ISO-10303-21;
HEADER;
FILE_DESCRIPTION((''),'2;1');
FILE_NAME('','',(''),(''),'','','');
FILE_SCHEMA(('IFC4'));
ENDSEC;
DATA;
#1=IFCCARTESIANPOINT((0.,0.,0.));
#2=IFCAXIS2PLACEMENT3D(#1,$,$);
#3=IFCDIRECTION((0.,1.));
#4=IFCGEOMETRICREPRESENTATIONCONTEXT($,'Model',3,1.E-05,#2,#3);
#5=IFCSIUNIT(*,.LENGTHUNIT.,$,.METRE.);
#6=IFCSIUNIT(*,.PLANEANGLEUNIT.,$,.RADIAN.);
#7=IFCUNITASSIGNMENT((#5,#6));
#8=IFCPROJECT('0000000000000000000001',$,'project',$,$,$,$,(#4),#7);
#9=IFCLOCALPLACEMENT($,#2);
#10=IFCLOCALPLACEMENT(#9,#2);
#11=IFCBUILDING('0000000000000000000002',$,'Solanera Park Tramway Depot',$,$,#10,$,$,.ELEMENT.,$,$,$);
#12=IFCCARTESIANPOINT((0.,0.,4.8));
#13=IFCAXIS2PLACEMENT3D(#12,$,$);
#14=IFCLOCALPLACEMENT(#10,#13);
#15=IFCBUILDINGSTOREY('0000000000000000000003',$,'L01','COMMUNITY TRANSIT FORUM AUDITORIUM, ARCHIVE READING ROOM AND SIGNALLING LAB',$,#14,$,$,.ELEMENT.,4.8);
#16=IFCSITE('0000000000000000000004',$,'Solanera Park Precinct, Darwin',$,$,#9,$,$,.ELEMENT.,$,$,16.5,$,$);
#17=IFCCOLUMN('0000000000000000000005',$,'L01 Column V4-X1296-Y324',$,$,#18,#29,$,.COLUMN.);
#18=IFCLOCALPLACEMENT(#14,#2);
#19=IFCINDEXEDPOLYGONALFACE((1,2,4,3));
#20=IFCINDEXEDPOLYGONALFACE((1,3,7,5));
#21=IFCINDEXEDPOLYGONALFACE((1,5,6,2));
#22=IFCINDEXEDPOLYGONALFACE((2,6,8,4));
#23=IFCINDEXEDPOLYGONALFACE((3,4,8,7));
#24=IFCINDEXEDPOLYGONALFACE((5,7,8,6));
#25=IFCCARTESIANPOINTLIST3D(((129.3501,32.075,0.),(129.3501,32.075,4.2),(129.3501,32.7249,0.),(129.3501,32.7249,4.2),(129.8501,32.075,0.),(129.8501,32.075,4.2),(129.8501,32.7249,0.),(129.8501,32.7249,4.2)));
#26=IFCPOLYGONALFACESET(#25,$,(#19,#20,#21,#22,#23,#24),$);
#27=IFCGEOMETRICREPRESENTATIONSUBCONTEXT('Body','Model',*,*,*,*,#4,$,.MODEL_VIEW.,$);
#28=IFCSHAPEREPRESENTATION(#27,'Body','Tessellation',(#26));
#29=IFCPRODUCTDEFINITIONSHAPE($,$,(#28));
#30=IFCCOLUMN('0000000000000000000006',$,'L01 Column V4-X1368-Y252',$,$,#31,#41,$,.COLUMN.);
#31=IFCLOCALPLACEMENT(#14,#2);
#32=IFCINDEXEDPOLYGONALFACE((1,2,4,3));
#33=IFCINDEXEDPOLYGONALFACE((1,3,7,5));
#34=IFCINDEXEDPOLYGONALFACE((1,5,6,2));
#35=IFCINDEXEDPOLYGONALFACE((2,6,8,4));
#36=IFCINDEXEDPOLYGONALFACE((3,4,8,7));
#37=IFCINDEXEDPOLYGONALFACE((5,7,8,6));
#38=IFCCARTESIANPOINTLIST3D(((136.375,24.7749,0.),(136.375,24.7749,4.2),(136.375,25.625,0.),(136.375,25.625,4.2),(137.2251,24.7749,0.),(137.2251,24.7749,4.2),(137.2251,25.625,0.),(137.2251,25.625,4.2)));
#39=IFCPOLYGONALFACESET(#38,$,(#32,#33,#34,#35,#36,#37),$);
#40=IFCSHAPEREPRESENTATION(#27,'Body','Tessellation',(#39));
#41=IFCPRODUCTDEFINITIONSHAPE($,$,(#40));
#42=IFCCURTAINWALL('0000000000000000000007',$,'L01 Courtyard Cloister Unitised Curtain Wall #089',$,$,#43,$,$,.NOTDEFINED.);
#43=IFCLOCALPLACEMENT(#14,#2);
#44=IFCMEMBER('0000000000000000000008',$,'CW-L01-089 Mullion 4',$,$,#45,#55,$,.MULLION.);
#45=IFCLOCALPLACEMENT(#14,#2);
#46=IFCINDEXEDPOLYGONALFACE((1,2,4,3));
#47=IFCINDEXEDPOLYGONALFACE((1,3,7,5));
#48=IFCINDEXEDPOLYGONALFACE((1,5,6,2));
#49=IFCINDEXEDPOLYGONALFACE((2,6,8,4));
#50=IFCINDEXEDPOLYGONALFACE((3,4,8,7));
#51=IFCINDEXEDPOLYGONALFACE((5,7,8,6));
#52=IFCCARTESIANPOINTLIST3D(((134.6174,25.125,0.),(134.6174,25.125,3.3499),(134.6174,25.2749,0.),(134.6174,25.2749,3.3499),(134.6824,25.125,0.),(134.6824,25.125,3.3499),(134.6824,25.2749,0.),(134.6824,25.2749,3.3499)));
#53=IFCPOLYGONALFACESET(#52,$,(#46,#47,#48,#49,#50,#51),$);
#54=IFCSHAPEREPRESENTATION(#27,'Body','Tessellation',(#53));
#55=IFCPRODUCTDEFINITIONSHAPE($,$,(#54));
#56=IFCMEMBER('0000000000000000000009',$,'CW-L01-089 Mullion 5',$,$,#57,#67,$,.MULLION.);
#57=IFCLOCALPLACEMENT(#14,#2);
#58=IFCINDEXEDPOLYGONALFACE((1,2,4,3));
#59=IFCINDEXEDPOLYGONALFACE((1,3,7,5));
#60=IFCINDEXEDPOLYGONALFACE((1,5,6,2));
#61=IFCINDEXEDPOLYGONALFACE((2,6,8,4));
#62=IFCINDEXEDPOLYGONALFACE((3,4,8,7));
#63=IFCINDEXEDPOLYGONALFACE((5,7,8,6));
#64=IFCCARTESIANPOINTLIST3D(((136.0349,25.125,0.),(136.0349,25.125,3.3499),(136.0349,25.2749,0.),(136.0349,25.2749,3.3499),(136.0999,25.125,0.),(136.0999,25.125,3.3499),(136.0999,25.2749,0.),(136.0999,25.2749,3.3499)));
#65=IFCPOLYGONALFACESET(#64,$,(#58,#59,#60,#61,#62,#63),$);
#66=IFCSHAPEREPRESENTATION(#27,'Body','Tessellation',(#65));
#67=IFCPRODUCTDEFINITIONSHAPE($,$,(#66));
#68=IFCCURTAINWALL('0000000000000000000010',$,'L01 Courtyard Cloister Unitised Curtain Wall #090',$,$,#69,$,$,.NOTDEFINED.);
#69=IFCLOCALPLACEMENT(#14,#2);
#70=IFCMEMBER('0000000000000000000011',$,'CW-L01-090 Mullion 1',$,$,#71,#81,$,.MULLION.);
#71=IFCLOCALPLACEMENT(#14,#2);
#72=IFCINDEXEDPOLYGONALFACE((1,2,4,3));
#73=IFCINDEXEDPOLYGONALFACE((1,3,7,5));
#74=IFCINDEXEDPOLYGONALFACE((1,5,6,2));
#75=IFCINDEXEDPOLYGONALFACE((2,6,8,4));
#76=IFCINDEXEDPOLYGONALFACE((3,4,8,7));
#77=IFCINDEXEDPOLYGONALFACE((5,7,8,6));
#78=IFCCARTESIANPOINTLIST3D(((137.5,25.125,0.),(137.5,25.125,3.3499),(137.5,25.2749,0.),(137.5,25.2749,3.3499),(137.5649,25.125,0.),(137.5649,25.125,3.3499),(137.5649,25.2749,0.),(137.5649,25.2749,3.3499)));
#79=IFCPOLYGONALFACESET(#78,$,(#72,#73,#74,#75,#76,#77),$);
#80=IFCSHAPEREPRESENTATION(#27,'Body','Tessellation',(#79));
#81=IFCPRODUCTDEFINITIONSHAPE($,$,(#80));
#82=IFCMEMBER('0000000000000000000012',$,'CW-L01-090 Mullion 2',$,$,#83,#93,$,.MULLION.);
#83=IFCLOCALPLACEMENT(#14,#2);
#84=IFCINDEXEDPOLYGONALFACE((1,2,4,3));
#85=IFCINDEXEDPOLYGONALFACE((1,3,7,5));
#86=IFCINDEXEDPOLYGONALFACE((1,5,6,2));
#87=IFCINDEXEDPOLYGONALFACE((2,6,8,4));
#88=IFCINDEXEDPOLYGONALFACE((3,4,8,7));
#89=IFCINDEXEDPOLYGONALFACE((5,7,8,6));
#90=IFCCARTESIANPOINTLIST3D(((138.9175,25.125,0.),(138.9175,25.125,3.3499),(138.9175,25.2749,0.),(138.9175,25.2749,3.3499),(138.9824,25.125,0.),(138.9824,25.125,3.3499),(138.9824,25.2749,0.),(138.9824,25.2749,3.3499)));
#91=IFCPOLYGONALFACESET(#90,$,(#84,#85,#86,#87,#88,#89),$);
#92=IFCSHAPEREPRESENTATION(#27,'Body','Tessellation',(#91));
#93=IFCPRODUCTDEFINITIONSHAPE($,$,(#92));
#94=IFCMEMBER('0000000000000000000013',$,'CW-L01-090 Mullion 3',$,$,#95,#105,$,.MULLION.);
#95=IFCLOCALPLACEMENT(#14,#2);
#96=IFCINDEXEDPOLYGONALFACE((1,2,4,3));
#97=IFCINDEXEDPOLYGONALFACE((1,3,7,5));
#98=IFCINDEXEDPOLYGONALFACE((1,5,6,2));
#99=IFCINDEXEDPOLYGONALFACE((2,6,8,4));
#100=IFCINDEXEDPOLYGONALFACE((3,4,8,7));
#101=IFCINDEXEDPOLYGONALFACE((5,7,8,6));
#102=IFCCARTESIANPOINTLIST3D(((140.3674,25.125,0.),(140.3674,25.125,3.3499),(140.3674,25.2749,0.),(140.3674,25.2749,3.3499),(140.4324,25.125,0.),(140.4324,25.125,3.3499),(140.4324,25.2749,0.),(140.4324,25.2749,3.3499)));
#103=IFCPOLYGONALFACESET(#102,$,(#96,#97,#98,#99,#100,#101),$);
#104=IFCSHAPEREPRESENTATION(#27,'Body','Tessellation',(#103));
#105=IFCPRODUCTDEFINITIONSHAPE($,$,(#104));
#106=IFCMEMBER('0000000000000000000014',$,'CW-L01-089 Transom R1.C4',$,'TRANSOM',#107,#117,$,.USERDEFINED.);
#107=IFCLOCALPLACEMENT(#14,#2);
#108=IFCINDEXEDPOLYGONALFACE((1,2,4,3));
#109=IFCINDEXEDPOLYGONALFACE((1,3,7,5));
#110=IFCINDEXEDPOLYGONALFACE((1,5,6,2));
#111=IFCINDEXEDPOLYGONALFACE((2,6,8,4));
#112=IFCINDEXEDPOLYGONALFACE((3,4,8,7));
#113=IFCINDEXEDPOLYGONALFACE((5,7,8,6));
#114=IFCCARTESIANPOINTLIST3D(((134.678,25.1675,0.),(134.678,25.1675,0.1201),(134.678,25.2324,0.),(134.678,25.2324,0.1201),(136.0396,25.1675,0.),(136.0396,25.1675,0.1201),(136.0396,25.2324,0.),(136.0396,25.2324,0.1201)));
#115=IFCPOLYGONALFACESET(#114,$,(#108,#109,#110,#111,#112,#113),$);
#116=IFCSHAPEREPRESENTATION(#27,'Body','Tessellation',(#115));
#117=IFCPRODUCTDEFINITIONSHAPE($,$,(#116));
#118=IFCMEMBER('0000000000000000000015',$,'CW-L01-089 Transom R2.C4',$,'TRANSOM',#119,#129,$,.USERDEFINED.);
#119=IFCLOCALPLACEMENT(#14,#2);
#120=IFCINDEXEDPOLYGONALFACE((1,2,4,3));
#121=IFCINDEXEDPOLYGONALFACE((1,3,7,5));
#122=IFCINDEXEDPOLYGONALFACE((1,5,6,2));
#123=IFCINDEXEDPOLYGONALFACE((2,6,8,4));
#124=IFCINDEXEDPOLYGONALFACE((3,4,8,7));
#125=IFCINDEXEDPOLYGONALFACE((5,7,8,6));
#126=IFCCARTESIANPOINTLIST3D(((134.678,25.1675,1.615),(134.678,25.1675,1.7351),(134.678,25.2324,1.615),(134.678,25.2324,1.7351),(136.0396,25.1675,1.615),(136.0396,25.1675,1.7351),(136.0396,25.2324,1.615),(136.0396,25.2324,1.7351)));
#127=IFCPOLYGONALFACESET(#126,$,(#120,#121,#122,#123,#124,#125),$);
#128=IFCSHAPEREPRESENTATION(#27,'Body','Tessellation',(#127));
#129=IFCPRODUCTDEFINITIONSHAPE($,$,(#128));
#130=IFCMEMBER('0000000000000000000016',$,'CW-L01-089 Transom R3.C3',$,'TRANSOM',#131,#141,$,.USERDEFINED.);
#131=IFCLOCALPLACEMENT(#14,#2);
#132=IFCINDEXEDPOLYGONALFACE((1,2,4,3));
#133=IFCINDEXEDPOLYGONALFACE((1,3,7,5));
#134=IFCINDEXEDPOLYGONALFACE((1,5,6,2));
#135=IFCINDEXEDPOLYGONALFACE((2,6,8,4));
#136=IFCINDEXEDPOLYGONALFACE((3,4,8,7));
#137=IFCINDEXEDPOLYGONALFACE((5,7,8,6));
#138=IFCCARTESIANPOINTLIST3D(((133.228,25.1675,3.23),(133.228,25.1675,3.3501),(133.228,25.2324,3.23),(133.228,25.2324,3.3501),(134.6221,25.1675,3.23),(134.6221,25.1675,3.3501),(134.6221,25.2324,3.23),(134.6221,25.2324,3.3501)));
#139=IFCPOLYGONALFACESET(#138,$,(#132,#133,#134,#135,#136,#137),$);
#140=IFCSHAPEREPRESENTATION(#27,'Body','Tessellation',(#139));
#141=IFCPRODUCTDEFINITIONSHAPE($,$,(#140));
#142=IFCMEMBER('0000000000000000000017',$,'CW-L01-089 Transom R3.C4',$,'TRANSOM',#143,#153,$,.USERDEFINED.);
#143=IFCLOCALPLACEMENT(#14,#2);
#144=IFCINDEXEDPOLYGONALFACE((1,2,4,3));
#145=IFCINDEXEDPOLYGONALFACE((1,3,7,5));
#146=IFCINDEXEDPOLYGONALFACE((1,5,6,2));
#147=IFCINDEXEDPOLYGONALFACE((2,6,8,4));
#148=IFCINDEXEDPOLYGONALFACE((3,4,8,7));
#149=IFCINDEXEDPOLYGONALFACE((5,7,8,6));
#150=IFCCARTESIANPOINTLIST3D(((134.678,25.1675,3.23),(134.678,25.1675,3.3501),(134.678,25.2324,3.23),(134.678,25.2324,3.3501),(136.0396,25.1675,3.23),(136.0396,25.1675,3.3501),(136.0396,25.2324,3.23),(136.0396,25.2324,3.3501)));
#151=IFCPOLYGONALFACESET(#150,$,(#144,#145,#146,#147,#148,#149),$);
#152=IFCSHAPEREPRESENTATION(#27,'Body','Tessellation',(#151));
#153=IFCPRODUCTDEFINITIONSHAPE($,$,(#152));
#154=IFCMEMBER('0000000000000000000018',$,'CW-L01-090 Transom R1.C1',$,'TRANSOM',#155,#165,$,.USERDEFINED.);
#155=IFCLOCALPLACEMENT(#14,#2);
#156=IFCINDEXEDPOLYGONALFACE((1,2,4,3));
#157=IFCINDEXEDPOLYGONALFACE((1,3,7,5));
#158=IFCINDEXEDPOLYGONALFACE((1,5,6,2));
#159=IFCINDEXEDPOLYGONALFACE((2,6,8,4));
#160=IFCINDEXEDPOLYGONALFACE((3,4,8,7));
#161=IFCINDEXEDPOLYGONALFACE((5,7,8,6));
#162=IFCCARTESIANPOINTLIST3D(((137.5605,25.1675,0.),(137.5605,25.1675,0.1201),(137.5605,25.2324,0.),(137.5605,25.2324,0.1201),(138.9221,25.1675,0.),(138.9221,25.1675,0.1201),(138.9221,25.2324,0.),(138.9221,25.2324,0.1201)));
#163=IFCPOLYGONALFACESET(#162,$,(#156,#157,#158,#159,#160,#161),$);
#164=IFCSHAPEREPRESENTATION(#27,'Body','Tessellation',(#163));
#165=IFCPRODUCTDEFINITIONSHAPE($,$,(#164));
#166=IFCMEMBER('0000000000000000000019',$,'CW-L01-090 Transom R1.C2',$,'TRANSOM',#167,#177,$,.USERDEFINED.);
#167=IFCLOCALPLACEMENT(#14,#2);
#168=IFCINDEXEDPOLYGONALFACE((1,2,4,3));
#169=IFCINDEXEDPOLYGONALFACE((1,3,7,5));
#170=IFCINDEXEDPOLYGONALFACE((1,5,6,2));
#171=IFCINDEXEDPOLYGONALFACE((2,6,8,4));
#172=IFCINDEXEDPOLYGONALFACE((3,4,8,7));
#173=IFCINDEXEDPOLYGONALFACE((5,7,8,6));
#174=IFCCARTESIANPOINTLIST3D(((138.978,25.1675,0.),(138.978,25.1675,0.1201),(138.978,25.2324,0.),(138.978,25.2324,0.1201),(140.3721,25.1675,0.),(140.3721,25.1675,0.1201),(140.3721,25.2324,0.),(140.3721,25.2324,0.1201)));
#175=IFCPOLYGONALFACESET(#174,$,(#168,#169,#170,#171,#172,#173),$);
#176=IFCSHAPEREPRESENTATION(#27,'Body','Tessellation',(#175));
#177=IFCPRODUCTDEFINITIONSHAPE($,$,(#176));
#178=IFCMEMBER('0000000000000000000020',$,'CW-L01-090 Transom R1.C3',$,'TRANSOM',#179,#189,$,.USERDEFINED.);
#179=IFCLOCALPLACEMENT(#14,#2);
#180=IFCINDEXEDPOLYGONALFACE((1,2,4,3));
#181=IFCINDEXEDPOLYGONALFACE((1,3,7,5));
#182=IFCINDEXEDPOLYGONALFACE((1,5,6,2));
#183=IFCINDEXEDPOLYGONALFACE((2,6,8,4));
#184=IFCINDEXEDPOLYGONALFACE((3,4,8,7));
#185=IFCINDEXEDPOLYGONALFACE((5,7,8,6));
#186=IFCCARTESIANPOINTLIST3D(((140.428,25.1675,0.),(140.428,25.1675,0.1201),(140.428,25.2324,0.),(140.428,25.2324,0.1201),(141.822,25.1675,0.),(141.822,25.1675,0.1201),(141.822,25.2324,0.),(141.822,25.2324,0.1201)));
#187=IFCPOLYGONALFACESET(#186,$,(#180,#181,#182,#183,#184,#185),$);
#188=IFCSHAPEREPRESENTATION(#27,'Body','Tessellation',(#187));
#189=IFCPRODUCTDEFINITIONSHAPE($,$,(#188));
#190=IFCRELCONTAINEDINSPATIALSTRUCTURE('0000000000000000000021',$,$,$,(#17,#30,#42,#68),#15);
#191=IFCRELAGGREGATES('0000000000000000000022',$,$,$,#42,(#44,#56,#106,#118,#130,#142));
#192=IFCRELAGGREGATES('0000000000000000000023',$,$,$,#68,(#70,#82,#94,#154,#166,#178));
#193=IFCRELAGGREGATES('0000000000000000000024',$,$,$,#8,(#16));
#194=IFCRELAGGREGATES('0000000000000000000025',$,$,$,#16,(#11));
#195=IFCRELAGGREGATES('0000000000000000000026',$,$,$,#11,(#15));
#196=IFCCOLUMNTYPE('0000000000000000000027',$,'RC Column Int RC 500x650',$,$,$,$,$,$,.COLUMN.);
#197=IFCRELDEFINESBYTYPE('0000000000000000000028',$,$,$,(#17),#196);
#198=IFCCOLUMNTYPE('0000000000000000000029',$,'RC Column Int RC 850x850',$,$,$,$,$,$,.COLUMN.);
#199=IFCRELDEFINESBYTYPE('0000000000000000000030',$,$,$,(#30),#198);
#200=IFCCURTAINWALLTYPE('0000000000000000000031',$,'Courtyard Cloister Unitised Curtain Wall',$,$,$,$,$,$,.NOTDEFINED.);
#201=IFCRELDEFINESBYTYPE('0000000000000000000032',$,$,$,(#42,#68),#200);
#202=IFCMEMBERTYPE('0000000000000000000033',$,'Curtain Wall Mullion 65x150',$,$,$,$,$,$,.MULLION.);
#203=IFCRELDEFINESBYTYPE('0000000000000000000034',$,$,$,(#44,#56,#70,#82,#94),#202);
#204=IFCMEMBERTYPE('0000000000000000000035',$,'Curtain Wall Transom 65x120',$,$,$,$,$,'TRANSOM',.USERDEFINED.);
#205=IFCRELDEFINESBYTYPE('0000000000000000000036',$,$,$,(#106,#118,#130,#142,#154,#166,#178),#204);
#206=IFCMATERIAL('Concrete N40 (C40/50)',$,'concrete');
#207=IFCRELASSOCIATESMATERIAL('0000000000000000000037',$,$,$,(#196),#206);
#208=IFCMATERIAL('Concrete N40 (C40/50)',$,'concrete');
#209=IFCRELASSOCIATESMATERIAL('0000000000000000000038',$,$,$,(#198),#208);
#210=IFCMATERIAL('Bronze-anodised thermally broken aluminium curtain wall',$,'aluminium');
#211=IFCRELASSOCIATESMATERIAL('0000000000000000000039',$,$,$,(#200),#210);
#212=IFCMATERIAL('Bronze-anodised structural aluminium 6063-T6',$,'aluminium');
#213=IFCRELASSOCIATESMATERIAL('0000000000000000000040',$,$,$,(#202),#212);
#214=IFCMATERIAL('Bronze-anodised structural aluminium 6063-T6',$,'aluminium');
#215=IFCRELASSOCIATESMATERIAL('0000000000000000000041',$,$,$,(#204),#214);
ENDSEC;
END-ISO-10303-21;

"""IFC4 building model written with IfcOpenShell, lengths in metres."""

from ifc_helpers import new_model, si_unit, direction, frame, origin, origin_2d, place, context, subcontext, project, spatial, rectangle, extrude, material, material_profile, profile_set, type_object, element, aggregate, save


model = new_model("IFC4")

# Units and contexts
model_context = context("Model", 3, precision=1e-05, world=origin(), true_north=direction((0.0, 1.0)))
body_context = subcontext(model_context, "Body", "Model", "MODEL_VIEW")
ifc_project = project(units=[si_unit("LENGTHUNIT", "METRE"), si_unit("PLANEANGLEUNIT", "RADIAN")], contexts=[model_context])

# Site, building, storey
site_placement = place(None, origin())
site = spatial("IfcSite", under=ifc_project, at=site_placement, Name="Solanera Park Precinct, Darwin", CompositionType="ELEMENT", RefElevation=16.5)
building_placement = place(site_placement, origin())
building = spatial("IfcBuilding", under=site, at=building_placement, Name="Solanera Park Tramway Depot", CompositionType="ELEMENT")
storey_placement = place(building_placement, frame((0.0, 0.0, 4.8)))
storey = spatial("IfcBuildingStorey", under=building, at=storey_placement, Name="L01", Description="COMMUNITY TRANSIT FORUM AUDITORIUM, ARCHIVE READING ROOM AND SIGNALLING LAB", CompositionType="ELEMENT", Elevation=4.8)

# Columns
ifc_material_1 = material(Name="Concrete N40 (C40/50)", Category="concrete")
ifc_material_profile_1 = material_profile(ifc_material_1, rectangle(XDim=0.5, YDim=0.6499, at=origin_2d()), Name="RC 500x650")
ifc_profile_set_1 = profile_set([ifc_material_profile_1], Name="Concrete N40 (C40/50)")
column_type_1 = type_object("IfcColumnType", Name="RC Column Int RC 500x650", PredefinedType="COLUMN", material=ifc_profile_set_1)
column_1_placement = place(storey_placement, frame((129.6001, 32.3999, 0.0), z_axis=(0.0, 0.0, 1.0), x_axis=(1.0, 0.0, 0.0)))
element("IfcColumn", 1, at=column_1_placement, inside=storey, type_object=column_type_1, Name="L01 Column V4-X1296-Y324", PredefinedType="COLUMN", context=body_context, shape_type="SweptSolid", body=[
    extrude(rectangle(XDim=0.5, YDim=0.6499, at=origin_2d()), origin(), (0.0, 0.0, 1.0), 4.2),
])
ifc_material_2 = material(Name="Concrete N40 (C40/50)", Category="concrete")
ifc_material_profile_2 = material_profile(ifc_material_2, rectangle(XDim=0.8501, YDim=0.8501, at=origin_2d()), Name="RC 850x850")
ifc_profile_set_2 = profile_set([ifc_material_profile_2], Name="Concrete N40 (C40/50)")
column_type_2 = type_object("IfcColumnType", Name="RC Column Int RC 850x850", PredefinedType="COLUMN", material=ifc_profile_set_2)
column_2_placement = place(storey_placement, frame((136.8, 25.2, 0.0), z_axis=(0.0, 0.0, 1.0), x_axis=(1.0, 0.0, 0.0)))
element("IfcColumn", 2, at=column_2_placement, inside=storey, type_object=column_type_2, Name="L01 Column V4-X1368-Y252", PredefinedType="COLUMN", context=body_context, shape_type="SweptSolid", body=[
    extrude(rectangle(XDim=0.8501, YDim=0.8501, at=origin_2d()), origin(), (0.0, 0.0, 1.0), 4.2),
])

# Curtain walls, members
ifc_material_3 = material(Name="Bronze-anodised thermally broken aluminium curtain wall", Category="aluminium")
curtain_wall_type = type_object("IfcCurtainWallType", Name="Courtyard Cloister Unitised Curtain Wall", PredefinedType="NOTDEFINED", material=ifc_material_3)
curtain_wall_1_placement = place(storey_placement, origin())
curtain_wall_1 = element("IfcCurtainWall", 3, at=curtain_wall_1_placement, inside=storey, type_object=curtain_wall_type, Name="L01 Courtyard Cloister Unitised Curtain Wall #089", PredefinedType="NOTDEFINED")
ifc_material_4 = material(Name="Bronze-anodised structural aluminium 6063-T6", Category="aluminium")
ifc_material_profile_3 = material_profile(ifc_material_4, rectangle(XDim=0.0649, YDim=0.1499, at=origin_2d()), Name="Curtain Wall Mullion 65x150")
ifc_profile_set_3 = profile_set([ifc_material_profile_3], Name="Bronze-anodised structural aluminium 6063-T6")
member_type_1 = type_object("IfcMemberType", Name="Curtain Wall Mullion 65x150", PredefinedType="MULLION", material=ifc_profile_set_3)
member_1_placement = place(storey_placement, frame((134.6499, 25.2, 0.0), z_axis=(0.0, 0.0, 1.0), x_axis=(1.0, 0.0, 0.0)))
member_1 = element("IfcMember", 4, at=member_1_placement, type_object=member_type_1, Name="CW-L01-089 Mullion 4", PredefinedType="MULLION", context=body_context, shape_type="SweptSolid", body=[
    extrude(rectangle(XDim=0.0649, YDim=0.1499, at=origin_2d()), origin(), (0.0, 0.0, 1.0), 3.3499),
])
member_2_placement = place(storey_placement, frame((136.0674, 25.2, 0.0), z_axis=(0.0, 0.0, 1.0), x_axis=(1.0, 0.0, 0.0)))
member_2 = element("IfcMember", 5, at=member_2_placement, type_object=member_type_1, Name="CW-L01-089 Mullion 5", PredefinedType="MULLION", context=body_context, shape_type="SweptSolid", body=[
    extrude(rectangle(XDim=0.0649, YDim=0.1499, at=origin_2d()), origin(), (0.0, 0.0, 1.0), 3.3499),
])
curtain_wall_2_placement = place(storey_placement, origin())
curtain_wall_2 = element("IfcCurtainWall", 6, at=curtain_wall_2_placement, inside=storey, type_object=curtain_wall_type, Name="L01 Courtyard Cloister Unitised Curtain Wall #090", PredefinedType="NOTDEFINED")
member_3_placement = place(storey_placement, frame((137.5325, 25.2, 0.0), z_axis=(0.0, 0.0, 1.0), x_axis=(1.0, 0.0, 0.0)))
member_3 = element("IfcMember", 7, at=member_3_placement, type_object=member_type_1, Name="CW-L01-090 Mullion 1", PredefinedType="MULLION", context=body_context, shape_type="SweptSolid", body=[
    extrude(rectangle(XDim=0.0649, YDim=0.1499, at=origin_2d()), origin(), (0.0, 0.0, 1.0), 3.3499),
])
member_4_placement = place(storey_placement, frame((138.95, 25.2, 0.0), z_axis=(0.0, 0.0, 1.0), x_axis=(1.0, 0.0, 0.0)))
member_4 = element("IfcMember", 8, at=member_4_placement, type_object=member_type_1, Name="CW-L01-090 Mullion 2", PredefinedType="MULLION", context=body_context, shape_type="SweptSolid", body=[
    extrude(rectangle(XDim=0.0649, YDim=0.1499, at=origin_2d()), origin(), (0.0, 0.0, 1.0), 3.3499),
])
member_5_placement = place(storey_placement, frame((140.3999, 25.2, 0.0), z_axis=(0.0, 0.0, 1.0), x_axis=(1.0, 0.0, 0.0)))
member_5 = element("IfcMember", 9, at=member_5_placement, type_object=member_type_1, Name="CW-L01-090 Mullion 3", PredefinedType="MULLION", context=body_context, shape_type="SweptSolid", body=[
    extrude(rectangle(XDim=0.0649, YDim=0.1499, at=origin_2d()), origin(), (0.0, 0.0, 1.0), 3.3499),
])

# Members
ifc_material_5 = material(Name="Bronze-anodised structural aluminium 6063-T6", Category="aluminium")
ifc_material_profile_4 = material_profile(ifc_material_5, rectangle(XDim=0.0649, YDim=0.1201, at=origin_2d()), Name="Curtain Wall Transom 65x120")
ifc_profile_set_4 = profile_set([ifc_material_profile_4], Name="Bronze-anodised structural aluminium 6063-T6")
member_type_2 = type_object("IfcMemberType", Name="Curtain Wall Transom 65x120", ElementType="TRANSOM", PredefinedType="USERDEFINED", material=ifc_profile_set_4)
member_6_placement = place(storey_placement, frame((134.678, 25.2, 0.0601), z_axis=(1.0, 0.0, 0.0), x_axis=(0.0, 1.0, 0.0)))
member_6 = element("IfcMember", 10, at=member_6_placement, type_object=member_type_2, Name="CW-L01-089 Transom R1.C4", ObjectType="TRANSOM", PredefinedType="USERDEFINED", context=body_context, shape_type="SweptSolid", body=[
    extrude(rectangle(XDim=0.0649, YDim=0.1201, at=origin_2d()), origin(), (0.0, 0.0, 1.0), 1.3616),
])
member_7_placement = place(storey_placement, frame((134.678, 25.2, 1.675), z_axis=(1.0, 0.0, 0.0), x_axis=(0.0, 1.0, 0.0)))
member_7 = element("IfcMember", 11, at=member_7_placement, type_object=member_type_2, Name="CW-L01-089 Transom R2.C4", ObjectType="TRANSOM", PredefinedType="USERDEFINED", context=body_context, shape_type="SweptSolid", body=[
    extrude(rectangle(XDim=0.0649, YDim=0.1201, at=origin_2d()), origin(), (0.0, 0.0, 1.0), 1.3616),
])
member_8_placement = place(storey_placement, frame((133.228, 25.2, 3.29), z_axis=(1.0, 0.0, 0.0), x_axis=(0.0, 1.0, 0.0)))
member_8 = element("IfcMember", 12, at=member_8_placement, type_object=member_type_2, Name="CW-L01-089 Transom R3.C3", ObjectType="TRANSOM", PredefinedType="USERDEFINED", context=body_context, shape_type="SweptSolid", body=[
    extrude(rectangle(XDim=0.0649, YDim=0.1201, at=origin_2d()), origin(), (0.0, 0.0, 1.0), 1.394),
])
member_9_placement = place(storey_placement, frame((134.678, 25.2, 3.29), z_axis=(1.0, 0.0, 0.0), x_axis=(0.0, 1.0, 0.0)))
member_9 = element("IfcMember", 13, at=member_9_placement, type_object=member_type_2, Name="CW-L01-089 Transom R3.C4", ObjectType="TRANSOM", PredefinedType="USERDEFINED", context=body_context, shape_type="SweptSolid", body=[
    extrude(rectangle(XDim=0.0649, YDim=0.1201, at=origin_2d()), origin(), (0.0, 0.0, 1.0), 1.3616),
])
member_10_placement = place(storey_placement, frame((137.5605, 25.2, 0.0601), z_axis=(1.0, 0.0, 0.0), x_axis=(0.0, 1.0, 0.0)))
member_10 = element("IfcMember", 14, at=member_10_placement, type_object=member_type_2, Name="CW-L01-090 Transom R1.C1", ObjectType="TRANSOM", PredefinedType="USERDEFINED", context=body_context, shape_type="SweptSolid", body=[
    extrude(rectangle(XDim=0.0649, YDim=0.1201, at=origin_2d()), origin(), (0.0, 0.0, 1.0), 1.3616),
])
member_11_placement = place(storey_placement, frame((138.978, 25.2, 0.0601), z_axis=(1.0, 0.0, 0.0), x_axis=(0.0, 1.0, 0.0)))
member_11 = element("IfcMember", 15, at=member_11_placement, type_object=member_type_2, Name="CW-L01-090 Transom R1.C2", ObjectType="TRANSOM", PredefinedType="USERDEFINED", context=body_context, shape_type="SweptSolid", body=[
    extrude(rectangle(XDim=0.0649, YDim=0.1201, at=origin_2d()), origin(), (0.0, 0.0, 1.0), 1.394),
])
member_12_placement = place(storey_placement, frame((140.428, 25.2, 0.0601), z_axis=(1.0, 0.0, 0.0), x_axis=(0.0, 1.0, 0.0)))
member_12 = element("IfcMember", 16, at=member_12_placement, type_object=member_type_2, Name="CW-L01-090 Transom R1.C3", ObjectType="TRANSOM", PredefinedType="USERDEFINED", context=body_context, shape_type="SweptSolid", body=[
    extrude(rectangle(XDim=0.0649, YDim=0.1201, at=origin_2d()), origin(), (0.0, 0.0, 1.0), 1.394),
])

aggregate(curtain_wall_1, [member_1, member_2, member_6, member_7, member_8, member_9])
aggregate(curtain_wall_2, [member_3, member_4, member_5, member_10, member_11, member_12])

save(model, "model.ifc")
